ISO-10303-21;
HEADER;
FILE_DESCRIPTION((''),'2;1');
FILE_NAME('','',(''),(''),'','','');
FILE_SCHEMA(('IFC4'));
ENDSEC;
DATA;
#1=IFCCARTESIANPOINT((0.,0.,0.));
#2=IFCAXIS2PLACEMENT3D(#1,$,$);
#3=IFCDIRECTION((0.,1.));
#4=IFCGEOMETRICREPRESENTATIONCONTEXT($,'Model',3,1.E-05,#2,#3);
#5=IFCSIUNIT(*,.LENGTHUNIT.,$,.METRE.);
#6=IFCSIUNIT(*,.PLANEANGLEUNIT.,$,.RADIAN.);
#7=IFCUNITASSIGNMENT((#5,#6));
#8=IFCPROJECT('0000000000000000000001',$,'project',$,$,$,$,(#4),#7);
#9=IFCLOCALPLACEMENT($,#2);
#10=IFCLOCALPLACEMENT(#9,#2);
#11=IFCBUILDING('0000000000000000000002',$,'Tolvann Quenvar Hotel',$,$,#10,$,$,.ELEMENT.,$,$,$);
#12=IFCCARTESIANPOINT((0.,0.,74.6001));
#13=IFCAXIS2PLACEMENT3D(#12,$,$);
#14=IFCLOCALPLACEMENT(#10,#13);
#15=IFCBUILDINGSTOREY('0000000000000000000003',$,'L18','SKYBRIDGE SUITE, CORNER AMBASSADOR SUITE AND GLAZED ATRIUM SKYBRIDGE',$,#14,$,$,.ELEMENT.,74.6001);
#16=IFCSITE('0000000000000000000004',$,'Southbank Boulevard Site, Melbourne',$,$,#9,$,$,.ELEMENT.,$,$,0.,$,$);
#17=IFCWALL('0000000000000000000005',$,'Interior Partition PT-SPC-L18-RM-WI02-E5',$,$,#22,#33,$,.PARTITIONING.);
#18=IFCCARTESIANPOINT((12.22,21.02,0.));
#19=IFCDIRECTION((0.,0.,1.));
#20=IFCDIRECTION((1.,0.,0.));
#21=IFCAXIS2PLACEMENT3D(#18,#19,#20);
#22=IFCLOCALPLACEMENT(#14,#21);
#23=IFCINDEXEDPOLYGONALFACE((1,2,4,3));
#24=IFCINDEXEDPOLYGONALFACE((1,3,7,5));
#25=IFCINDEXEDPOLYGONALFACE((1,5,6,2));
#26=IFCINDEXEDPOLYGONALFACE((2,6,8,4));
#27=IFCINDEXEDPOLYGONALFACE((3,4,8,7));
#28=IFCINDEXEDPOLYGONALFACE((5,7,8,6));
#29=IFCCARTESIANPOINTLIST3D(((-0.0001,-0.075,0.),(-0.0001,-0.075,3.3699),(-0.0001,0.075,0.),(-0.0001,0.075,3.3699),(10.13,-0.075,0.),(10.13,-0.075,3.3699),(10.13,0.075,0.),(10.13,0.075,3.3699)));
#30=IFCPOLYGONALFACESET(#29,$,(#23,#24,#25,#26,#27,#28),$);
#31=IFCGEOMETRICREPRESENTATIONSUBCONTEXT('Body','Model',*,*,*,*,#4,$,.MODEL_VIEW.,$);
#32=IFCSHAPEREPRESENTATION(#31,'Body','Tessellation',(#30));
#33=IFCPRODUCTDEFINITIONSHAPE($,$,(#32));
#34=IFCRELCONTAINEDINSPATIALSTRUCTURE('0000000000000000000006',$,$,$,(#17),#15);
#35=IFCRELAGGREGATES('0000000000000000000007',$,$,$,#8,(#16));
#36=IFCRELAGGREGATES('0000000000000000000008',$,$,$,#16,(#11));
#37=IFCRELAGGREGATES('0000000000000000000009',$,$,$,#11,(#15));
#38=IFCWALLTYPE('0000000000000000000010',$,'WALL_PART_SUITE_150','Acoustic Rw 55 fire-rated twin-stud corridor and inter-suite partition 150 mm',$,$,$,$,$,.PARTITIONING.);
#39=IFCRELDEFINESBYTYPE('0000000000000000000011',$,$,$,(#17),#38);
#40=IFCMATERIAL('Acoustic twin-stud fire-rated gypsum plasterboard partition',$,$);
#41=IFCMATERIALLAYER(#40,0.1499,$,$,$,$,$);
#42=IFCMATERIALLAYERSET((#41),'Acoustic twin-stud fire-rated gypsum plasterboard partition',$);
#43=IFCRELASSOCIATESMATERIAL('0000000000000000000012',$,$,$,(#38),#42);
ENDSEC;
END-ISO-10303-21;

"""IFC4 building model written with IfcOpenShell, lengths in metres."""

from ifc_helpers import new_model, si_unit, direction, frame, frame_2d, origin, place, context, subcontext, project, spatial, rectangle, extrude, material, layer, layer_set, type_object, element, save


model = new_model("IFC4")

# Units and contexts
model_context = context("Model", 3, precision=1e-05, world=origin(), true_north=direction((0.0, 1.0)))
body_context = subcontext(model_context, "Body", "Model", "MODEL_VIEW")
ifc_project = project(units=[si_unit("LENGTHUNIT", "METRE"), si_unit("PLANEANGLEUNIT", "RADIAN")], contexts=[model_context])

# Site, building, storey
site_placement = place(None, origin())
site = spatial("IfcSite", under=ifc_project, at=site_placement, Name="Southbank Boulevard Site, Melbourne", CompositionType="ELEMENT", RefElevation=0.0)
building_placement = place(site_placement, origin())
building = spatial("IfcBuilding", under=site, at=building_placement, Name="Tolvann Quenvar Hotel", CompositionType="ELEMENT")
storey_placement = place(building_placement, frame((0.0, 0.0, 74.6001)))
storey = spatial("IfcBuildingStorey", under=building, at=storey_placement, Name="L18", Description="SKYBRIDGE SUITE, CORNER AMBASSADOR SUITE AND GLAZED ATRIUM SKYBRIDGE", CompositionType="ELEMENT", Elevation=74.6001)

# Shared definitions
ifc_material_1 = material(Name="Acoustic twin-stud fire-rated gypsum plasterboard partition")

# Shared definitions
ifc_layer_1 = layer(ifc_material_1, 0.1499)
ifc_layer_set_1 = layer_set([ifc_layer_1], Name="Acoustic twin-stud fire-rated gypsum plasterboard partition")
wall_type_1 = type_object("IfcWallType", Name="WALL_PART_SUITE_150", Description="Acoustic Rw 55 fire-rated twin-stud corridor and inter-suite partition 150 mm", PredefinedType="PARTITIONING", material=ifc_layer_set_1)

# Wall
wall_1_placement = place(storey_placement, frame((12.22, 21.02, 0.0), z_axis=(0.0, 0.0, 1.0), x_axis=(1.0, 0.0, 0.0)))
element("IfcWall", 1, at=wall_1_placement, inside=storey, type_object=wall_type_1, Name="Interior Partition PT-SPC-L18-RM-WI02-E5", PredefinedType="PARTITIONING", context=body_context, shape_type="SweptSolid", body=[
    extrude(rectangle(XDim=10.1301, YDim=0.1499, at=frame_2d((5.0649, 0.0))), origin(), (0.0, 0.0, 1.0), 3.3699),
])

save(model, "model.ifc")
